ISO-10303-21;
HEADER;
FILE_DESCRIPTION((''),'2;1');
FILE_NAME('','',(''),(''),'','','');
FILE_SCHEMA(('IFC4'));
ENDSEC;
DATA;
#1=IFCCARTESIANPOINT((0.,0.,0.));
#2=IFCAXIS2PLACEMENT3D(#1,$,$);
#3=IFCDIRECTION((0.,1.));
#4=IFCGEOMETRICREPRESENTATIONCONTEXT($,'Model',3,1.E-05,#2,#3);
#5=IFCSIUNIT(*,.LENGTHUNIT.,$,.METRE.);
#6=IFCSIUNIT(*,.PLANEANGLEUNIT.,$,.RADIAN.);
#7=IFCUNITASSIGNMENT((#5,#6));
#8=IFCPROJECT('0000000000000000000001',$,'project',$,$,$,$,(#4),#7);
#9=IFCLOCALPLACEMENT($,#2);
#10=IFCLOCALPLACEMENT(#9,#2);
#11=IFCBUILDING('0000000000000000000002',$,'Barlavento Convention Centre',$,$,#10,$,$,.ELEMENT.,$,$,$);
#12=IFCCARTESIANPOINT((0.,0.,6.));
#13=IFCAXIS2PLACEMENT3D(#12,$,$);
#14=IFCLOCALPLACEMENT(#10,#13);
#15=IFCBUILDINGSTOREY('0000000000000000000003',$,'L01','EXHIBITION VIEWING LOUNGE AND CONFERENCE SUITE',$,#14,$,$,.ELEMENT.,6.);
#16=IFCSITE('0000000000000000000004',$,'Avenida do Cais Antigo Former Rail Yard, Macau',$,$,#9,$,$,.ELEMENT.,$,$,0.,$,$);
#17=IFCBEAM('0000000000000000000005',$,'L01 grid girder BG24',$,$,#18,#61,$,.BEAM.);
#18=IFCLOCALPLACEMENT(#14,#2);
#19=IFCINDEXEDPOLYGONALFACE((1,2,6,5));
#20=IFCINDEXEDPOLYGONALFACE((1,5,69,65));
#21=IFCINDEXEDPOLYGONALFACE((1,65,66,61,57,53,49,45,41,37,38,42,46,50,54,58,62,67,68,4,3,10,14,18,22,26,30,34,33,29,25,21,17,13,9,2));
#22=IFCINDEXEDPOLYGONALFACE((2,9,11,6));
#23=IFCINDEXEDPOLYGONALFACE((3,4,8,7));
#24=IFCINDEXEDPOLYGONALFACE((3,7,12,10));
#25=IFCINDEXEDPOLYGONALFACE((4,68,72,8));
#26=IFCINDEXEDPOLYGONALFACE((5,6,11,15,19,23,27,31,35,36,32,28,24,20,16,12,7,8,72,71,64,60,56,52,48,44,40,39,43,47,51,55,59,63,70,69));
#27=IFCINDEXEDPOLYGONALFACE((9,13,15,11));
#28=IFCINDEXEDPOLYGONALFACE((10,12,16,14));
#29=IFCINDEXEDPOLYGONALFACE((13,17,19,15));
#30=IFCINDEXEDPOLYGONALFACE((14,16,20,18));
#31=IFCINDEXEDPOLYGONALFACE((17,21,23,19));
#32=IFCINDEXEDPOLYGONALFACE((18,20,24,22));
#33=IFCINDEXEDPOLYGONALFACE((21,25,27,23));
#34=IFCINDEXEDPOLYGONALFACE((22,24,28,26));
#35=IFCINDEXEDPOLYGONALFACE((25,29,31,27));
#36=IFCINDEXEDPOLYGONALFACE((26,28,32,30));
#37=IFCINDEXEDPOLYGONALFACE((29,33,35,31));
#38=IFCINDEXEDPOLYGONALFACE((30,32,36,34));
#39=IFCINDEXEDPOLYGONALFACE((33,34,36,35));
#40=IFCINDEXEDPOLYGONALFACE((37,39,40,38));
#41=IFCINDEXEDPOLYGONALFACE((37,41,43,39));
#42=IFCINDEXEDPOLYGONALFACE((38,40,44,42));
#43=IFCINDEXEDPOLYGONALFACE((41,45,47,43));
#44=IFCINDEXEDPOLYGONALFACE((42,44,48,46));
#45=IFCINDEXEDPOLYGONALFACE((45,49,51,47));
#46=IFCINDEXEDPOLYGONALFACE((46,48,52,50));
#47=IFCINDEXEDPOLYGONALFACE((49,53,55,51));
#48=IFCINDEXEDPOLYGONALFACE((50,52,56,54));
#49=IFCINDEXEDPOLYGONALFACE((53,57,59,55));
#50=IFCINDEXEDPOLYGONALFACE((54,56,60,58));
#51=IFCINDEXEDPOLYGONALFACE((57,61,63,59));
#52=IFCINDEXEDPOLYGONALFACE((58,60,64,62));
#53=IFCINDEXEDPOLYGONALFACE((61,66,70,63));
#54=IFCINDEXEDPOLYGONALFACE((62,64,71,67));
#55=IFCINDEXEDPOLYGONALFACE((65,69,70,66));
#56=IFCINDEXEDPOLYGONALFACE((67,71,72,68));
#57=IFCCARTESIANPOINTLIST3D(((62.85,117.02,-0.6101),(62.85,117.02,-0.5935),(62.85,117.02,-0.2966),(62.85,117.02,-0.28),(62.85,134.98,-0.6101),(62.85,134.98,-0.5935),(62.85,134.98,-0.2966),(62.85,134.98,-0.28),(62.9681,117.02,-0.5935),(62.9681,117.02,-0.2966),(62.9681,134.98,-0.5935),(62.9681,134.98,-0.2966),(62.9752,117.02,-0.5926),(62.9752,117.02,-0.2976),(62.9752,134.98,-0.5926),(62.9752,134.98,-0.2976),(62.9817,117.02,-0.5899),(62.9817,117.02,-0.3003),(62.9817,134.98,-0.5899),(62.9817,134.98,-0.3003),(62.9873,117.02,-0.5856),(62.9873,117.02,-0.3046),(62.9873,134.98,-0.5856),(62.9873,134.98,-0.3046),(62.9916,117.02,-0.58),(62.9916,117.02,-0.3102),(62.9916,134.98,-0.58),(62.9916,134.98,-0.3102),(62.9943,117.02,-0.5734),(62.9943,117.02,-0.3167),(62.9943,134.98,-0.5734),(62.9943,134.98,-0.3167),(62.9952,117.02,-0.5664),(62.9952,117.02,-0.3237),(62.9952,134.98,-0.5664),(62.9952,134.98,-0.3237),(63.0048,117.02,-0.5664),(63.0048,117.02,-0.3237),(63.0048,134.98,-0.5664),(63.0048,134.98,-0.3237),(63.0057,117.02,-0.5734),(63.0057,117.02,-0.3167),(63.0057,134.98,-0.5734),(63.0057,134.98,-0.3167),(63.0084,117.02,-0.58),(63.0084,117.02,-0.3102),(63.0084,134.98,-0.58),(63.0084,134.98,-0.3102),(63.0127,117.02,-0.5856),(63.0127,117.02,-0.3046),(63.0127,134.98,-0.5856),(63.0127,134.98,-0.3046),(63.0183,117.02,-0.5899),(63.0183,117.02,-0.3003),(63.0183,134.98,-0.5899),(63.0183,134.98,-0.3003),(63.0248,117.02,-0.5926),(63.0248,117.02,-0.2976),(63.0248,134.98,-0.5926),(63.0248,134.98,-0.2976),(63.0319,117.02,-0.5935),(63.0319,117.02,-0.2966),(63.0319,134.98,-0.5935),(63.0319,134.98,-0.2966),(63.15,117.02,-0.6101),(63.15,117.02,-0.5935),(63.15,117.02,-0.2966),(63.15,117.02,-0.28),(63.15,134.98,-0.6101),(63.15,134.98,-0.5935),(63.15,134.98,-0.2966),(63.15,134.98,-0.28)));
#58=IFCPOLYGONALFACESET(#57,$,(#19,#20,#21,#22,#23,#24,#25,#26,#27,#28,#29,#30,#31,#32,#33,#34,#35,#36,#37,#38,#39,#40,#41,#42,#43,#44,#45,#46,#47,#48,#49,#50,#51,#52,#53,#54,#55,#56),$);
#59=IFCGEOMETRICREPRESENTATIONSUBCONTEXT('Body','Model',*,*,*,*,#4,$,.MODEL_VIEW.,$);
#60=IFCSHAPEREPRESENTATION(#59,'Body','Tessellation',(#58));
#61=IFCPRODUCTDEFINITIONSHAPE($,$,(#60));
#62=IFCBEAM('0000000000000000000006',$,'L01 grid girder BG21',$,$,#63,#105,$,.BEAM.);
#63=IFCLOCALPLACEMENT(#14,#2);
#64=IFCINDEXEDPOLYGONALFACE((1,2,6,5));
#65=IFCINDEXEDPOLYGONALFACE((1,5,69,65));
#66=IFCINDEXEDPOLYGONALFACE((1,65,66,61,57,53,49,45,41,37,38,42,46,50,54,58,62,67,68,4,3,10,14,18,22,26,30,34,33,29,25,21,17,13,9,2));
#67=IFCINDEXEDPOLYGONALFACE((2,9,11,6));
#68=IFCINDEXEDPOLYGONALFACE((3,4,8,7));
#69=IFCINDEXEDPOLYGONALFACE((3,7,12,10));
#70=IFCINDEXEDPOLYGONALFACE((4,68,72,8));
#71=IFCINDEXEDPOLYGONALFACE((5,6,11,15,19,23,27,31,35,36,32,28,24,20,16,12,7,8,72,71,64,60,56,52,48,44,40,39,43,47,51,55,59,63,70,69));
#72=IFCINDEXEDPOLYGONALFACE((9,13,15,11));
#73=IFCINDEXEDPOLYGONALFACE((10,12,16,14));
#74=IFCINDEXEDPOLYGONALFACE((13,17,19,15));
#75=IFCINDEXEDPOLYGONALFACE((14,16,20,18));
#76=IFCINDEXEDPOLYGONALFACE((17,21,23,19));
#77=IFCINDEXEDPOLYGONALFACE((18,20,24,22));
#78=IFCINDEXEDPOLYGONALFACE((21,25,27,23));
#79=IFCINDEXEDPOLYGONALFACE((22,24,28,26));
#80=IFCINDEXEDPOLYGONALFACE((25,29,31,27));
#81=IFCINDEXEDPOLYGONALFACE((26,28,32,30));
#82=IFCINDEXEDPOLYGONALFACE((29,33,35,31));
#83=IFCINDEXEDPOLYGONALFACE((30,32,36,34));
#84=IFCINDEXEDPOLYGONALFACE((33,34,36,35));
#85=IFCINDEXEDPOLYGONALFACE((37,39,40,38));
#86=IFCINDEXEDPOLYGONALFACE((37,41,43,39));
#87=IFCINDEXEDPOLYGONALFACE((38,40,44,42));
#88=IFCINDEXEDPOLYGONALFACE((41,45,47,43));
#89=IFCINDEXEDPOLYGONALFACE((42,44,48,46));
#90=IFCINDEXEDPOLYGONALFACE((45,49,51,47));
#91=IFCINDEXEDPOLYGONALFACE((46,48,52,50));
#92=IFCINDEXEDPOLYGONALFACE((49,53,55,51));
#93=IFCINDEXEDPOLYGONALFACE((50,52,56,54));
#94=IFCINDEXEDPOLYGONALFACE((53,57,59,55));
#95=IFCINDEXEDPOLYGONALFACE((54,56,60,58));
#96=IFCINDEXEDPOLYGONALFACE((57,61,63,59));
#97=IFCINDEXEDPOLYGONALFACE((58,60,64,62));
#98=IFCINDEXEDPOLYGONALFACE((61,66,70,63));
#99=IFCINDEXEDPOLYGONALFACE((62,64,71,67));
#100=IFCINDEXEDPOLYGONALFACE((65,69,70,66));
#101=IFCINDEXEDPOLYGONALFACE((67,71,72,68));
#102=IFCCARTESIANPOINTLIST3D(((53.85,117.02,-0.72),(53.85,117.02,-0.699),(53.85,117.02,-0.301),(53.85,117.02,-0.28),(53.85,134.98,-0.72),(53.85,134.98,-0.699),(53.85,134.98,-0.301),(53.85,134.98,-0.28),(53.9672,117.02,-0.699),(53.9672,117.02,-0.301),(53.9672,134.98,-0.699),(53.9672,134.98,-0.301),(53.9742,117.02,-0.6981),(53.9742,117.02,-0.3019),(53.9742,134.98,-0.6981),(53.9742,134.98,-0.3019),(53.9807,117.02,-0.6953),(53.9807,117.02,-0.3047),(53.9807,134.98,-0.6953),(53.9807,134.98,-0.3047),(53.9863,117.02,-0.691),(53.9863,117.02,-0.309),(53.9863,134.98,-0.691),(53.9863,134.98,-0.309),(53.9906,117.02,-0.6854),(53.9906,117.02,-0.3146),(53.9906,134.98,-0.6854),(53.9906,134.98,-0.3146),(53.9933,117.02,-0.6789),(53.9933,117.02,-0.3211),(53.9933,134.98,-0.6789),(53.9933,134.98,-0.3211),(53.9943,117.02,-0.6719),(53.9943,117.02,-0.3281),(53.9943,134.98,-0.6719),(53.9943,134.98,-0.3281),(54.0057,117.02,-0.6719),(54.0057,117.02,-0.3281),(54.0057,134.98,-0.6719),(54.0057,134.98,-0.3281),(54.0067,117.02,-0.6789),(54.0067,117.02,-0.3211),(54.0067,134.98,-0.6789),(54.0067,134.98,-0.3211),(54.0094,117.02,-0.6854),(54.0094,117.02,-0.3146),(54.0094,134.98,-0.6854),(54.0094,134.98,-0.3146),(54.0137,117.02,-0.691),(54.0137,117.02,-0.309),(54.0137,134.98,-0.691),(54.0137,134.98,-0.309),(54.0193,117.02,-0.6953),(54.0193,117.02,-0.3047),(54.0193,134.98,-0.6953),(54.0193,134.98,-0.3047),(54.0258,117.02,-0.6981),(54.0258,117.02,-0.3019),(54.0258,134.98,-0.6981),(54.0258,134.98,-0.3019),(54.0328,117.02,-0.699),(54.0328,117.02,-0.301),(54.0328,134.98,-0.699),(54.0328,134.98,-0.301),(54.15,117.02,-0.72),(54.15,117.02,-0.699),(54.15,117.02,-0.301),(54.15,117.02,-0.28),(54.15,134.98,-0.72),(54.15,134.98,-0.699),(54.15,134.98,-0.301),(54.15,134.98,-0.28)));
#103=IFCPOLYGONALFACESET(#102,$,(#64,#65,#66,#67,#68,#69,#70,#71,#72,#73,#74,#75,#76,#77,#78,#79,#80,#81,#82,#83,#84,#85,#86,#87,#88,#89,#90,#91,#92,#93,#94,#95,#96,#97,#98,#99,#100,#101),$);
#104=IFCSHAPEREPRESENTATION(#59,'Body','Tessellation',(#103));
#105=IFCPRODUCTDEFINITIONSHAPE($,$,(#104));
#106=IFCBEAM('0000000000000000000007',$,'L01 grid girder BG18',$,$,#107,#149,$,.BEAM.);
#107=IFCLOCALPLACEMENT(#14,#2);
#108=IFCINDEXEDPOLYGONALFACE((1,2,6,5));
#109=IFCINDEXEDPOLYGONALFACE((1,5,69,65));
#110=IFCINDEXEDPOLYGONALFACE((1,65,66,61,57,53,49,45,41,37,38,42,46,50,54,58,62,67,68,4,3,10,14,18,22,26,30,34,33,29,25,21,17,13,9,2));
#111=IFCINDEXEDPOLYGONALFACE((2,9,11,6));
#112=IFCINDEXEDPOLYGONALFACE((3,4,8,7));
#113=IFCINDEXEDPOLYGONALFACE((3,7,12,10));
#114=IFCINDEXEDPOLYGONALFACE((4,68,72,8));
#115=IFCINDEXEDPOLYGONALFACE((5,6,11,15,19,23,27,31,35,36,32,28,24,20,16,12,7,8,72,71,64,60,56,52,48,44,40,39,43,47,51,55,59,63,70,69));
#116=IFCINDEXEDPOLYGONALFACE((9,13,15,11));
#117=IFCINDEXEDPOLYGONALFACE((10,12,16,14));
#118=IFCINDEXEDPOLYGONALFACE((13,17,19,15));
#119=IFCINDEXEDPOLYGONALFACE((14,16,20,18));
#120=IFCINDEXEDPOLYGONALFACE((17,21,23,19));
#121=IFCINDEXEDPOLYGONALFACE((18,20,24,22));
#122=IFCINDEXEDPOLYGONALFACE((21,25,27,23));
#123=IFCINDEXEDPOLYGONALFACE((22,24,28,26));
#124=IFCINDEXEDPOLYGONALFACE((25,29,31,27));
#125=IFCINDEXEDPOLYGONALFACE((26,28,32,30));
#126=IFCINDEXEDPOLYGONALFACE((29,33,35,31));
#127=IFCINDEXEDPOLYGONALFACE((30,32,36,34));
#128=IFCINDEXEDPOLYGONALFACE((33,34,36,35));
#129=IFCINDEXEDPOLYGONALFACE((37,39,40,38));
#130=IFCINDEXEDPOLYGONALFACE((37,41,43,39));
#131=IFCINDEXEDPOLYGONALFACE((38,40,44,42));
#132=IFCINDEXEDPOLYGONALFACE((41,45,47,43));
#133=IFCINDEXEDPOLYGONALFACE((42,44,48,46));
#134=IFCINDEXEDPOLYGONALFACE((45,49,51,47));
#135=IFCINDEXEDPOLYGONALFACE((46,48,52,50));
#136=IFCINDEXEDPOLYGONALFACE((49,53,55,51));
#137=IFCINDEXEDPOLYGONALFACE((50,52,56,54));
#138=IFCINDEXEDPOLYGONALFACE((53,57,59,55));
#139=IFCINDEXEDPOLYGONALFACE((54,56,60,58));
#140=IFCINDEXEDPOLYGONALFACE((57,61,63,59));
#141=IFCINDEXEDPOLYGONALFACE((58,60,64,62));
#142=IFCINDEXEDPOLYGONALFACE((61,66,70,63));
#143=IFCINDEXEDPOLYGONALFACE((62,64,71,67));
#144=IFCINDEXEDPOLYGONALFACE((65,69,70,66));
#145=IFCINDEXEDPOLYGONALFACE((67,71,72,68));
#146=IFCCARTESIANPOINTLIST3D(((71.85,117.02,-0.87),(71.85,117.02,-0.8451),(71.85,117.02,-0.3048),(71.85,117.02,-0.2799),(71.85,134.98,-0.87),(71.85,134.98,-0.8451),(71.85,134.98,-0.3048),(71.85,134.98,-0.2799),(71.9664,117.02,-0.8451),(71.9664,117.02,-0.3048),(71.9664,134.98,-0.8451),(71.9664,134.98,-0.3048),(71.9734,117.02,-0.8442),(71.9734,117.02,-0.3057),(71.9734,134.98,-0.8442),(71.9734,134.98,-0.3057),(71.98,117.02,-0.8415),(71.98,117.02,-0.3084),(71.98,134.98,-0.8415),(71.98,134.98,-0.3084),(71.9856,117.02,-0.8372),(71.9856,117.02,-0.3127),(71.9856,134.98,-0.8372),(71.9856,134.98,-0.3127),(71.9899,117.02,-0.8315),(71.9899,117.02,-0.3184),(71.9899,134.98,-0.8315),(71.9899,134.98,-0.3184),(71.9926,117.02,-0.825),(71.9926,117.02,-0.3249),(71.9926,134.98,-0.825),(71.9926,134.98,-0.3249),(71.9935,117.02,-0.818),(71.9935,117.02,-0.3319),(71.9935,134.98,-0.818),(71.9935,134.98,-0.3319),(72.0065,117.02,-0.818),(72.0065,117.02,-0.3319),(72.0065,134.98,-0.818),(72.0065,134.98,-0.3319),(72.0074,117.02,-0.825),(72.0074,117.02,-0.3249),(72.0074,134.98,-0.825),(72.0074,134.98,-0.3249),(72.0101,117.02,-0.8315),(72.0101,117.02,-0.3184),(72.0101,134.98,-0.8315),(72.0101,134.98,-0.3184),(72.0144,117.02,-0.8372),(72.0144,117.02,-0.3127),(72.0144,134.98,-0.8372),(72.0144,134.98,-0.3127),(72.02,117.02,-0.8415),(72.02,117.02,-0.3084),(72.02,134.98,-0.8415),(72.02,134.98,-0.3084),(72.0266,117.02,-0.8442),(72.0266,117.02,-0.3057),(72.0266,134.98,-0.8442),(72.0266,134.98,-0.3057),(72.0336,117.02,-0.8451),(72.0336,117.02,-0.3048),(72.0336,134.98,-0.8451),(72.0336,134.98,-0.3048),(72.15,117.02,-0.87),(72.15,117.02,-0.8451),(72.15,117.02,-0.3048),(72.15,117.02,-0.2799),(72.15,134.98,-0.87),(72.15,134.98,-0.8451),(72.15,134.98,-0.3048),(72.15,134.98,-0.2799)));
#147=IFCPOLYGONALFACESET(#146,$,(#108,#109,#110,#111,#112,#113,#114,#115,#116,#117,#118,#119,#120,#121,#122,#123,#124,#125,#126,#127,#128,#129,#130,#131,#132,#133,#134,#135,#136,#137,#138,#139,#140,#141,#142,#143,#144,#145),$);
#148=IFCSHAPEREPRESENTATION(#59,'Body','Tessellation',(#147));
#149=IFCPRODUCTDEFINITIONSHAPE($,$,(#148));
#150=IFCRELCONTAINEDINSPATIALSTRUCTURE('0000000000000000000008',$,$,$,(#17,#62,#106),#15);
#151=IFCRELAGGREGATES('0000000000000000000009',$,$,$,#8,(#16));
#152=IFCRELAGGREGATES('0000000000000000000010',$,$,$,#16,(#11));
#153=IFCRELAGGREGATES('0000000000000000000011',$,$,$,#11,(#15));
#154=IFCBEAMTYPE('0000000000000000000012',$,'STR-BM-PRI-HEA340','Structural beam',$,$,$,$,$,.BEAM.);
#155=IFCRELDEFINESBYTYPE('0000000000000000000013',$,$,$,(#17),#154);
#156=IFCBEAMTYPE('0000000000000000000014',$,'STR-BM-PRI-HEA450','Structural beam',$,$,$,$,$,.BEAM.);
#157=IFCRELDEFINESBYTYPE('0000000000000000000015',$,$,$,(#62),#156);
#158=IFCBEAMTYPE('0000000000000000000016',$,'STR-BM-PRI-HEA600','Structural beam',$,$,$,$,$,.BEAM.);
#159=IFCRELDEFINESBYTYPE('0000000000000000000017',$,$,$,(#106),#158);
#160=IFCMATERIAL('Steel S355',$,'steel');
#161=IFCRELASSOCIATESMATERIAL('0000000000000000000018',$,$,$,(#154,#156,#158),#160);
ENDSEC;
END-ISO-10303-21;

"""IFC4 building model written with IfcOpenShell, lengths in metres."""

from ifc_helpers import new_model, si_unit, direction, frame, origin, origin_2d, place, context, subcontext, project, spatial, i_section, extrude, material, material_profile, profile_set, type_object, element, save


model = new_model("IFC4")

# Units and contexts
model_context = context("Model", 3, precision=1e-05, world=origin(), true_north=direction((0.0, 1.0)))
body_context = subcontext(model_context, "Body", "Model", "MODEL_VIEW")
ifc_project = project(units=[si_unit("LENGTHUNIT", "METRE"), si_unit("PLANEANGLEUNIT", "RADIAN")], contexts=[model_context])

# Site, building, storey
site_placement = place(None, origin())
site = spatial("IfcSite", under=ifc_project, at=site_placement, Name="Avenida do Cais Antigo Former Rail Yard, Macau", CompositionType="ELEMENT", RefElevation=0.0)
building_placement = place(site_placement, origin())
building = spatial("IfcBuilding", under=site, at=building_placement, Name="Barlavento Convention Centre", CompositionType="ELEMENT")
storey_placement = place(building_placement, frame((0.0, 0.0, 6.0)))
storey = spatial("IfcBuildingStorey", under=building, at=storey_placement, Name="L01", Description="EXHIBITION VIEWING LOUNGE AND CONFERENCE SUITE", CompositionType="ELEMENT", Elevation=6.0)

# Beams
ifc_material_1 = material(Name="Steel S355", Category="steel")
ifc_material_profile_1 = material_profile(ifc_material_1, i_section(OverallWidth=0.3, OverallDepth=0.3301, WebThickness=0.0095, FlangeThickness=0.0166, FilletRadius=0.0271, at=origin_2d()), Name="HEA 340")
ifc_profile_set_1 = profile_set([ifc_material_profile_1], Name="Steel S355")
beam_type_1 = type_object("IfcBeamType", Name="STR-BM-PRI-HEA340", Description="Structural beam", PredefinedType="BEAM", material=ifc_profile_set_1)
beam_1_placement = place(storey_placement, frame((63.0, 117.02, -0.4451), z_axis=(0.0, 1.0, 0.0), x_axis=(-1.0, 0.0, 0.0)))
element("IfcBeam", 1, at=beam_1_placement, inside=storey, type_object=beam_type_1, Name="L01 grid girder BG24", PredefinedType="BEAM", context=body_context, shape_type="SweptSolid", body=[
    extrude(i_section(OverallWidth=0.3, OverallDepth=0.3301, WebThickness=0.0095, FlangeThickness=0.0166, FilletRadius=0.0271, at=origin_2d()), origin(), (0.0, 0.0, 1.0), 17.96),
])
ifc_material_profile_2 = material_profile(ifc_material_1, i_section(OverallWidth=0.3, OverallDepth=0.4399, WebThickness=0.0115, FlangeThickness=0.021, FilletRadius=0.0271, at=origin_2d()), Name="HEA 450")
ifc_profile_set_2 = profile_set([ifc_material_profile_2], Name="Steel S355")
beam_type_2 = type_object("IfcBeamType", Name="STR-BM-PRI-HEA450", Description="Structural beam", PredefinedType="BEAM", material=ifc_profile_set_2)
beam_2_placement = place(storey_placement, frame((54.0, 117.02, -0.5), z_axis=(0.0, 1.0, 0.0), x_axis=(-1.0, 0.0, 0.0)))
element("IfcBeam", 2, at=beam_2_placement, inside=storey, type_object=beam_type_2, Name="L01 grid girder BG21", PredefinedType="BEAM", context=body_context, shape_type="SweptSolid", body=[
    extrude(i_section(OverallWidth=0.3, OverallDepth=0.4399, WebThickness=0.0115, FlangeThickness=0.021, FilletRadius=0.0271, at=origin_2d()), origin(), (0.0, 0.0, 1.0), 17.96),
])
ifc_material_profile_3 = material_profile(ifc_material_1, i_section(OverallWidth=0.3, OverallDepth=0.5901, WebThickness=0.0129, FlangeThickness=0.0249, FilletRadius=0.0271, at=origin_2d()), Name="HEA 600")
ifc_profile_set_3 = profile_set([ifc_material_profile_3], Name="Steel S355")
beam_type_3 = type_object("IfcBeamType", Name="STR-BM-PRI-HEA600", Description="Structural beam", PredefinedType="BEAM", material=ifc_profile_set_3)
beam_3_placement = place(storey_placement, frame((72.0, 117.02, -0.575), z_axis=(0.0, 1.0, 0.0), x_axis=(-1.0, 0.0, 0.0)))
element("IfcBeam", 3, at=beam_3_placement, inside=storey, type_object=beam_type_3, Name="L01 grid girder BG18", PredefinedType="BEAM", context=body_context, shape_type="SweptSolid", body=[
    extrude(i_section(OverallWidth=0.3, OverallDepth=0.5901, WebThickness=0.0129, FlangeThickness=0.0249, FilletRadius=0.0271, at=origin_2d()), origin(), (0.0, 0.0, 1.0), 17.96),
])

save(model, "model.ifc")
